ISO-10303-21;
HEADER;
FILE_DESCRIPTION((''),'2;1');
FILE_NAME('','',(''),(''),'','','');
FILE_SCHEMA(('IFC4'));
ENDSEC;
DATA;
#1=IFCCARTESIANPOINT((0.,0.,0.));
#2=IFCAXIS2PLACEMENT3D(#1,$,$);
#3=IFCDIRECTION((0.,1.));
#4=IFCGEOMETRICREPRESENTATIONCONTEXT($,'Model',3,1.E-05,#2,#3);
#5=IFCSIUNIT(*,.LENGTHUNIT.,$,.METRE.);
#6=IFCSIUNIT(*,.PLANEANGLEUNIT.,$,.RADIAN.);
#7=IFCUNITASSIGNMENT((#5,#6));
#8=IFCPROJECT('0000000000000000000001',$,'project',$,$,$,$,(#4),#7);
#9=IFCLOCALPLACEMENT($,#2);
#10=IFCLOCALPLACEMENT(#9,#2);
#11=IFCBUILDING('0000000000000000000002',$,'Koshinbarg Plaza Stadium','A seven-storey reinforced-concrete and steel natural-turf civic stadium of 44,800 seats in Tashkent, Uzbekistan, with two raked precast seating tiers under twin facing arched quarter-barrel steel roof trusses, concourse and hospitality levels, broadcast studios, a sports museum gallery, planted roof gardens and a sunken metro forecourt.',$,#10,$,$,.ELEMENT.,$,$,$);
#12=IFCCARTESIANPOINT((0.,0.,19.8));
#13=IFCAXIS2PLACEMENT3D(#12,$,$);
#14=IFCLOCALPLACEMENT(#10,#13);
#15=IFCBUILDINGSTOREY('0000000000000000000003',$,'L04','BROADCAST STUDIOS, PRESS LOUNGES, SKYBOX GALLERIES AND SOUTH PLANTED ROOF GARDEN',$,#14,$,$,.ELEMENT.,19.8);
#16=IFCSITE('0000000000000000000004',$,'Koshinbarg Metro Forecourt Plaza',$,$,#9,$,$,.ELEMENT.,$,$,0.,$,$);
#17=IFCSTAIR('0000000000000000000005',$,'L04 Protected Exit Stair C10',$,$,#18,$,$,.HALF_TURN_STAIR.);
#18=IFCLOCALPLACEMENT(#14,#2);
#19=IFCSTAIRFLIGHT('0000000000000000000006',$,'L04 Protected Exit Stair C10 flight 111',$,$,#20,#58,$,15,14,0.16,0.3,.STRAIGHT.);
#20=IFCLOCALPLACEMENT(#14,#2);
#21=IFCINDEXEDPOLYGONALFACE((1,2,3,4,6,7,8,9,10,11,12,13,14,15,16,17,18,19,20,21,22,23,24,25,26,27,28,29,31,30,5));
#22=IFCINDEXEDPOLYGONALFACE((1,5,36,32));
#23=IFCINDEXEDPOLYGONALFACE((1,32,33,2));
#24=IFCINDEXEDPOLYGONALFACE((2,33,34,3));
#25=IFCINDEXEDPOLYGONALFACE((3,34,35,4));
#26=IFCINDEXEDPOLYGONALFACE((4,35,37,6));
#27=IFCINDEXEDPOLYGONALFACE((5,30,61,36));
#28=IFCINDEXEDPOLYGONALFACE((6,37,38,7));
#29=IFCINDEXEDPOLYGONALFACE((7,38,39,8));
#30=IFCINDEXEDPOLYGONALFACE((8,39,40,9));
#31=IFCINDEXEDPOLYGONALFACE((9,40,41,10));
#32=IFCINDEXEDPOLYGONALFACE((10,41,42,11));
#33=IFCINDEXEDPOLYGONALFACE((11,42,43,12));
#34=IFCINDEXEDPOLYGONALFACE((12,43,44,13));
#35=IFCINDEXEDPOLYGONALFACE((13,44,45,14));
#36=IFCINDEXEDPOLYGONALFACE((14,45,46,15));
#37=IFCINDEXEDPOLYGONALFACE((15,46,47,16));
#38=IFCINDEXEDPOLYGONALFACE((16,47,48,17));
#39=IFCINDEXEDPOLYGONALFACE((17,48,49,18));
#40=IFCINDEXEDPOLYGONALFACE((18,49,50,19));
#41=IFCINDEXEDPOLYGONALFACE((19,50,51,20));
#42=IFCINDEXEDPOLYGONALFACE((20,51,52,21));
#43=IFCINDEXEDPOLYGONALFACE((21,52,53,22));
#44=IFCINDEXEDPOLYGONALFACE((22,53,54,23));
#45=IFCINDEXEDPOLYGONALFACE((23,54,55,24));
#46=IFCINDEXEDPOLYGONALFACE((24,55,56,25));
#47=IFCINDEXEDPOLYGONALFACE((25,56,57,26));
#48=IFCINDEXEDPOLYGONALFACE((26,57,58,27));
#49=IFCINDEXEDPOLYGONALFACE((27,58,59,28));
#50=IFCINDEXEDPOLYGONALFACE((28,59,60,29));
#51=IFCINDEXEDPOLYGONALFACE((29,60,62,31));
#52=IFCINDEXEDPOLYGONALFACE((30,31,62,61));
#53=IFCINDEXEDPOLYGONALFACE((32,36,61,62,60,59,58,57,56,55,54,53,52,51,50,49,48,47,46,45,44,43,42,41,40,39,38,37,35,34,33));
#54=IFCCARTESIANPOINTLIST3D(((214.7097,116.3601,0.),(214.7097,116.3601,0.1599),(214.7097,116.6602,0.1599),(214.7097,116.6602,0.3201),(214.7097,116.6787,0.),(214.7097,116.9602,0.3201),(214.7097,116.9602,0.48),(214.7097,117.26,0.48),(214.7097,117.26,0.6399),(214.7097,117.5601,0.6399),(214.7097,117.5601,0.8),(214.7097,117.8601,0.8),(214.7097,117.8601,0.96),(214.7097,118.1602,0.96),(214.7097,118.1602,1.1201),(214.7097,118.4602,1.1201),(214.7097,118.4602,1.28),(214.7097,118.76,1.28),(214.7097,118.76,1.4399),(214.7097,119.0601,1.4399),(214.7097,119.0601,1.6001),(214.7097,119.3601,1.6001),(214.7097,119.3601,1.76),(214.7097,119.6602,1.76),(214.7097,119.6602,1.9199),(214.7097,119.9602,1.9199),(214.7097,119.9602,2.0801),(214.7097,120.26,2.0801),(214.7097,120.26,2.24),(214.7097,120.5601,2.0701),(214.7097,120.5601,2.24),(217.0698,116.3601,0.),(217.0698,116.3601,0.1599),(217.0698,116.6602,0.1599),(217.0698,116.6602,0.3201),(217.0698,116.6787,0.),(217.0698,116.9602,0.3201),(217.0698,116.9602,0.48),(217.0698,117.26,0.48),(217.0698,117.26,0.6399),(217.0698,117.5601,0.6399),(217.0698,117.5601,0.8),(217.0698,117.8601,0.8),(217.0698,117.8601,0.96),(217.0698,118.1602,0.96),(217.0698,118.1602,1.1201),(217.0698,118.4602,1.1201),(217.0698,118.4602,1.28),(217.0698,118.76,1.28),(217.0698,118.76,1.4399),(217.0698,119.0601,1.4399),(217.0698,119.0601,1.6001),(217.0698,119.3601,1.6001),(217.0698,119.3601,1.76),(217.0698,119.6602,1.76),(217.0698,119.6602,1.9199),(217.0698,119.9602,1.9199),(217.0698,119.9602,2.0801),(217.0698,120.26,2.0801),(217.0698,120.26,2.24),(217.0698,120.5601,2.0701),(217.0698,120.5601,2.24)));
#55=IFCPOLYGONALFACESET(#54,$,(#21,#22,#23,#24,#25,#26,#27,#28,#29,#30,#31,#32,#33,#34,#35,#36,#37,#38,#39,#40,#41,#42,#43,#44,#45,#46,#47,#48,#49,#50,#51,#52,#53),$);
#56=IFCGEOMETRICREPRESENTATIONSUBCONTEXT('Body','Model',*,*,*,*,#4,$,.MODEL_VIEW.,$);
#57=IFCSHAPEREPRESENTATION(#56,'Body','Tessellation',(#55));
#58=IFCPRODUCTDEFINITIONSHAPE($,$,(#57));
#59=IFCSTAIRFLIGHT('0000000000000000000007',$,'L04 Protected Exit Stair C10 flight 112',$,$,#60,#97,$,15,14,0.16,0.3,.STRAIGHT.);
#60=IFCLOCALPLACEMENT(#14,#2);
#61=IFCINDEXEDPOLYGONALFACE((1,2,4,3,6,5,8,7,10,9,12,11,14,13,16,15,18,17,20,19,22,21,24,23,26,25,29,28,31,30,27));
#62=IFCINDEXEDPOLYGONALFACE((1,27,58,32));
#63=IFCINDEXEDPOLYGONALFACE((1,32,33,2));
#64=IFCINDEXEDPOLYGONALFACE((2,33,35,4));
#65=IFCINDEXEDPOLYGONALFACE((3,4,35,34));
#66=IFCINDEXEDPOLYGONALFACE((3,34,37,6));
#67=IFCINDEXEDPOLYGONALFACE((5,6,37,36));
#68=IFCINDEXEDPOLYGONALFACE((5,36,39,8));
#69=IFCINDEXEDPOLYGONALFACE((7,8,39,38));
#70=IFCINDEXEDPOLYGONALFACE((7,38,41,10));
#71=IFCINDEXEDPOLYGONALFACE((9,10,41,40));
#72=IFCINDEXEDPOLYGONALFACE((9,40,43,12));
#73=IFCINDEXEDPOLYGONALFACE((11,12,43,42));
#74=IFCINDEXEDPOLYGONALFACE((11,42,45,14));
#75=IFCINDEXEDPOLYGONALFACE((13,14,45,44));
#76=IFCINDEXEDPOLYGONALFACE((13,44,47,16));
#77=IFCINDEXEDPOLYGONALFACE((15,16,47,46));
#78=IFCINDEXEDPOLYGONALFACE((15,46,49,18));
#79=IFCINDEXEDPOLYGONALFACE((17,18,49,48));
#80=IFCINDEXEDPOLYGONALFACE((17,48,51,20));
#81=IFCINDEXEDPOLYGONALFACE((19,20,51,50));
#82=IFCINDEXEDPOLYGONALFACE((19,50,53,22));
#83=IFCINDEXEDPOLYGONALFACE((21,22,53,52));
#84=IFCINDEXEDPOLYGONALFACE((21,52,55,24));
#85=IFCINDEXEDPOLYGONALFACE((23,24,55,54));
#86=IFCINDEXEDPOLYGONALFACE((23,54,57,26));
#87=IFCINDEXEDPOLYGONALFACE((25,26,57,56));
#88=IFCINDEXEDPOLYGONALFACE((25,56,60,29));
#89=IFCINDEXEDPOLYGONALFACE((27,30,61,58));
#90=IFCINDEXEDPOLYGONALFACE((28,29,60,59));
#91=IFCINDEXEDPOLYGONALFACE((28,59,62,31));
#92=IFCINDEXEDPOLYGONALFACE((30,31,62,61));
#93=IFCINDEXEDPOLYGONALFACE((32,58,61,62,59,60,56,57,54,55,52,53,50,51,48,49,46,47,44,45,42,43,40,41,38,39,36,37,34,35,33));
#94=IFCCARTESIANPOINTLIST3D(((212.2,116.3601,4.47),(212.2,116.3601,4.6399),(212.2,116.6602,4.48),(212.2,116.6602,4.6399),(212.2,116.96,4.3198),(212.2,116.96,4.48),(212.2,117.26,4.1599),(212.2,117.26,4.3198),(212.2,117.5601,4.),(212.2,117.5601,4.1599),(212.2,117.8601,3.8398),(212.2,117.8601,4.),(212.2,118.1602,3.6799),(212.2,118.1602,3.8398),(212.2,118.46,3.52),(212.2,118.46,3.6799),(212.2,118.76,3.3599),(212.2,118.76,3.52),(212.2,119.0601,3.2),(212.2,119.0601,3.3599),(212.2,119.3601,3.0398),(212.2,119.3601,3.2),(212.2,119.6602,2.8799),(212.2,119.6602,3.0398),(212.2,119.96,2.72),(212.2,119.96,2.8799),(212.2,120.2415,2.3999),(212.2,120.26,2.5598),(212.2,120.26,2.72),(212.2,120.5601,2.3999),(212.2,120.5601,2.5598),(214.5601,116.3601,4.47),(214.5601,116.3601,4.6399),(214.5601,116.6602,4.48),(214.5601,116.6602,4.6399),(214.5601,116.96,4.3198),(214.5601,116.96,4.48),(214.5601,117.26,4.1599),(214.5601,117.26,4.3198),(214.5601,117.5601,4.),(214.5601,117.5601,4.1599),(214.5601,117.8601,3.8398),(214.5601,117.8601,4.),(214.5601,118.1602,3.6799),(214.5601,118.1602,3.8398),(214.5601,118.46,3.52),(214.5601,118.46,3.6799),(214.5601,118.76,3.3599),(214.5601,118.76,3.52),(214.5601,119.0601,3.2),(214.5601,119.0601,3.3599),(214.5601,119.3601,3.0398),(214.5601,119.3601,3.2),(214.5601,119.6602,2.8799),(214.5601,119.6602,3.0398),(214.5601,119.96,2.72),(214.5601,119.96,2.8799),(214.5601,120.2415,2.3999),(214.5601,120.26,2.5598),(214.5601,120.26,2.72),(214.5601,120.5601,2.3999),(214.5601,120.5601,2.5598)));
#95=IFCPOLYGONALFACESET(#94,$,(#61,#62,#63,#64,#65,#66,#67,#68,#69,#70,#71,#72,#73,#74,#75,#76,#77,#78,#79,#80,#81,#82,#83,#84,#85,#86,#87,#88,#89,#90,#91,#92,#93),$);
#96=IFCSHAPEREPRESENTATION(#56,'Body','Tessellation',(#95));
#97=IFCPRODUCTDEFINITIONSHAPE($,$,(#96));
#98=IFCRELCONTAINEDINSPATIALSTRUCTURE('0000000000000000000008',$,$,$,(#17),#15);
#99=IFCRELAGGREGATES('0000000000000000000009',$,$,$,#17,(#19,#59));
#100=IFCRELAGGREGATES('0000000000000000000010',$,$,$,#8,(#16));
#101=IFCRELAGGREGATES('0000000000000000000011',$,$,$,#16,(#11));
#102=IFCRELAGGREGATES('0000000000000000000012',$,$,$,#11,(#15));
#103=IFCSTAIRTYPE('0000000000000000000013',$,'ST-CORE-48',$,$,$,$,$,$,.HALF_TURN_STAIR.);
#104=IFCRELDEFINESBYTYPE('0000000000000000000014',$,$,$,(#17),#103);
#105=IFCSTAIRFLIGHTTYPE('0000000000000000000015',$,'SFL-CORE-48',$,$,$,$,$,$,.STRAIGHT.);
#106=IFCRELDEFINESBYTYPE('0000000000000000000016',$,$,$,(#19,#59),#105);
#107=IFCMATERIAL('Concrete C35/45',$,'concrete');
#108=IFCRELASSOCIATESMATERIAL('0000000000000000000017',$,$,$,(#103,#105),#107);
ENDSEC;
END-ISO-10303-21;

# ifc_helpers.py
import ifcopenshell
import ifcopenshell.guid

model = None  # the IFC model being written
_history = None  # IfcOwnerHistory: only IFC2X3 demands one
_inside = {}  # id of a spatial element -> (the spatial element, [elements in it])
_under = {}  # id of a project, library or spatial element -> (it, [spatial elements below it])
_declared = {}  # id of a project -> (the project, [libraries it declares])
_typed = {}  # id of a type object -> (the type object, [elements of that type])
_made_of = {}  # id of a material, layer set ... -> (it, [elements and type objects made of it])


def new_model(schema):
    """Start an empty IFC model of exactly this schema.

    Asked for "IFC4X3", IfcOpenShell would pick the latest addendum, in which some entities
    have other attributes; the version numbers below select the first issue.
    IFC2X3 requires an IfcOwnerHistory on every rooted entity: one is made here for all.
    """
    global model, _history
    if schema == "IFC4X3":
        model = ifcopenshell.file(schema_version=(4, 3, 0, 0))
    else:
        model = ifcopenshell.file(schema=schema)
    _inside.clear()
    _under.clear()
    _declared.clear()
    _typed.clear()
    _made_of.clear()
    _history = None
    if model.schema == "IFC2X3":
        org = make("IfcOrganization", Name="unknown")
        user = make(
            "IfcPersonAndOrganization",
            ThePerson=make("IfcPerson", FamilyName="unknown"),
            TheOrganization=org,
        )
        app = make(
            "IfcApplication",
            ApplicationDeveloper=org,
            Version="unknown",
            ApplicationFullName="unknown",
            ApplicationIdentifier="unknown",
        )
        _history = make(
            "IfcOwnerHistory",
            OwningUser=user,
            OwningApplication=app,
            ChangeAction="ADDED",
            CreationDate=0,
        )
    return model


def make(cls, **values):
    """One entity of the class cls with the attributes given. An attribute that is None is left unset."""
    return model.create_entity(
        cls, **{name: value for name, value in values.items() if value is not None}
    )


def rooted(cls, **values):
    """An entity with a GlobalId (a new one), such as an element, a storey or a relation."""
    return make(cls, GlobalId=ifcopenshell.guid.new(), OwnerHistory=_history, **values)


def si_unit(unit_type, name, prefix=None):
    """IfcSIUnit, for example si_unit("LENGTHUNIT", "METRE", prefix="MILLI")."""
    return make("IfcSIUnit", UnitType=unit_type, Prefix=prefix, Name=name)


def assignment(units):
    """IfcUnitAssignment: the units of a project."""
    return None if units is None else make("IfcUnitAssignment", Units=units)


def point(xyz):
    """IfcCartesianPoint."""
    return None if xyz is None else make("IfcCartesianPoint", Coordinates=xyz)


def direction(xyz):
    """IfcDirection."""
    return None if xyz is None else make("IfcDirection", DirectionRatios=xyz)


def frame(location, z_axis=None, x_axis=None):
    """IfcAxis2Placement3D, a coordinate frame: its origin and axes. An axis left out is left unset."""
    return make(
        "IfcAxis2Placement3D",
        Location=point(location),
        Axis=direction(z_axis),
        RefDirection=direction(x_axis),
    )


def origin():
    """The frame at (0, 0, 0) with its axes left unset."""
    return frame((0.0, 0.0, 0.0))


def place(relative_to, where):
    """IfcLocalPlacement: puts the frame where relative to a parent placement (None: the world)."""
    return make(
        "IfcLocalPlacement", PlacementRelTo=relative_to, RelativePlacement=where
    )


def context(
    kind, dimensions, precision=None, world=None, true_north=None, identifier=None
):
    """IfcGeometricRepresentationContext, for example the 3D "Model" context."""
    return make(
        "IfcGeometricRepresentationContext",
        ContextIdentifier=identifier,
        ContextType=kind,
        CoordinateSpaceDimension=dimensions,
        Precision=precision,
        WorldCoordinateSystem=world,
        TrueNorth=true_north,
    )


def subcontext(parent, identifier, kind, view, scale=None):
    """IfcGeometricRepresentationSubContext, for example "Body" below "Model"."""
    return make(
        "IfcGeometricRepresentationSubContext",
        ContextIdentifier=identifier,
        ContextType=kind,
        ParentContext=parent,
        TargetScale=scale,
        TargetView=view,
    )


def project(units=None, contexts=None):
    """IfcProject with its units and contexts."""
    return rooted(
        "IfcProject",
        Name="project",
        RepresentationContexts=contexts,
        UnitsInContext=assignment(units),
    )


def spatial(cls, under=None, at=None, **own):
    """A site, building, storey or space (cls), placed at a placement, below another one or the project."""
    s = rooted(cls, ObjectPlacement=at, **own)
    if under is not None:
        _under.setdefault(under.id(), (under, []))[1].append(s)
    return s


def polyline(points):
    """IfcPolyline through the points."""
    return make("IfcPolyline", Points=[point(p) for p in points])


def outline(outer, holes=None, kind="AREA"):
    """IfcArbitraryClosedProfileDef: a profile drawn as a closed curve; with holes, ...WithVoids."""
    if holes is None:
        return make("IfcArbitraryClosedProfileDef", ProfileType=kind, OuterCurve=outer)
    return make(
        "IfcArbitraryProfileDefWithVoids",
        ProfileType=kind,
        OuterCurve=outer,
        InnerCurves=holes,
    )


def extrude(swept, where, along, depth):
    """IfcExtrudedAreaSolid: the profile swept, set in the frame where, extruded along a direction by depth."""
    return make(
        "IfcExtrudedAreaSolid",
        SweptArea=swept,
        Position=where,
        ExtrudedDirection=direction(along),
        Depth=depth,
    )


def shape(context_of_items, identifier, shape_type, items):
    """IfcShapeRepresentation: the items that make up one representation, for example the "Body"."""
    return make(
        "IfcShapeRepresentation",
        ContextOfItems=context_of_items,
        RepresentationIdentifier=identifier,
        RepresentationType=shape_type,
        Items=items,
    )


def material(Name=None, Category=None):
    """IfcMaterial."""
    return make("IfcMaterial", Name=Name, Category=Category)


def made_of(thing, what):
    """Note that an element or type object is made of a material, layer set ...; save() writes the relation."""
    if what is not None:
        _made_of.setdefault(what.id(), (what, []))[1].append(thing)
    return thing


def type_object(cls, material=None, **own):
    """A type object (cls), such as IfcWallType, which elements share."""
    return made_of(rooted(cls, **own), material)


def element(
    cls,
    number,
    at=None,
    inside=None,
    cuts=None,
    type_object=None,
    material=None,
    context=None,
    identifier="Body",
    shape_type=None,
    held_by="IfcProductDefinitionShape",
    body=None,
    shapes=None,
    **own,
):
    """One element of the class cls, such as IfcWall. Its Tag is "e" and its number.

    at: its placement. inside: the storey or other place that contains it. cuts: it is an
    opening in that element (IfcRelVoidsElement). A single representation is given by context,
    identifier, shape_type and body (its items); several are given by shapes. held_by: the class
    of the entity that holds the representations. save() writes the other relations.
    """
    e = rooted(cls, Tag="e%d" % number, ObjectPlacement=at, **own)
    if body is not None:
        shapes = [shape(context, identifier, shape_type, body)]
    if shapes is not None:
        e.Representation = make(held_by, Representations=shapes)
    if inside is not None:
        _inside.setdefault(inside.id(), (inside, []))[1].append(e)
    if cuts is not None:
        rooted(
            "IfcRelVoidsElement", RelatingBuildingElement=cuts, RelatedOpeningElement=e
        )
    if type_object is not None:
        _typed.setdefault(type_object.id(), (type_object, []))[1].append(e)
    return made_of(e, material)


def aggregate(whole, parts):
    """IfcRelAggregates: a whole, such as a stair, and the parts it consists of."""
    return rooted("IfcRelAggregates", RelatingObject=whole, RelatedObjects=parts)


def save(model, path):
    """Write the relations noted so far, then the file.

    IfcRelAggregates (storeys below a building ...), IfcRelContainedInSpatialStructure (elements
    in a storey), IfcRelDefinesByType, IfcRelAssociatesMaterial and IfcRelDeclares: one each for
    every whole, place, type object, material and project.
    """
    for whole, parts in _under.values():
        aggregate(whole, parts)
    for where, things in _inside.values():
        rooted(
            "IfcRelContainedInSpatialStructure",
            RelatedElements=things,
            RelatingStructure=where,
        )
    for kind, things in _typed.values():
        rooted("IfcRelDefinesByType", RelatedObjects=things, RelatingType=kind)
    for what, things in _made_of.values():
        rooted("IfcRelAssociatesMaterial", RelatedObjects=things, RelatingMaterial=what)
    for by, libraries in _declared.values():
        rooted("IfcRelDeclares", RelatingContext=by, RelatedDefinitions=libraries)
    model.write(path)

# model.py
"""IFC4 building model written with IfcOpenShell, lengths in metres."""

from ifc_helpers import new_model, si_unit, direction, frame, origin, place, context, subcontext, project, spatial, polyline, outline, extrude, material, type_object, element, aggregate, save


model = new_model("IFC4")

# Units and contexts
model_context = context("Model", 3, precision=1e-05, world=origin(), true_north=direction((0.0, 1.0)))
body_context = subcontext(model_context, "Body", "Model", "MODEL_VIEW")
ifc_project = project(units=[si_unit("LENGTHUNIT", "METRE"), si_unit("PLANEANGLEUNIT", "RADIAN")], contexts=[model_context])

# Site, building, storey
site_placement = place(None, origin())
site = spatial("IfcSite", under=ifc_project, at=site_placement, Name="Koshinbarg Metro Forecourt Plaza", CompositionType="ELEMENT", RefElevation=0.0)
building_placement = place(site_placement, origin())
building = spatial("IfcBuilding", under=site, at=building_placement, Name="Koshinbarg Plaza Stadium", Description="A seven-storey reinforced-concrete and steel natural-turf civic stadium of 44,800 seats in Tashkent, Uzbekistan, with two raked precast seating tiers under twin facing arched quarter-barrel steel roof trusses, concourse and hospitality levels, broadcast studios, a sports museum gallery, planted roof gardens and a sunken metro forecourt.", CompositionType="ELEMENT")
storey_placement = place(building_placement, frame((0.0, 0.0, 19.8)))
storey = spatial("IfcBuildingStorey", under=building, at=storey_placement, Name="L04", Description="BROADCAST STUDIOS, PRESS LOUNGES, SKYBOX GALLERIES AND SOUTH PLANTED ROOF GARDEN", CompositionType="ELEMENT", Elevation=19.8)

# Stair, stair flights
ifc_material_1 = material(Name="Concrete C35/45", Category="concrete")
stair_type = type_object("IfcStairType", Name="ST-CORE-48", PredefinedType="HALF_TURN_STAIR", material=ifc_material_1)
stair_placement = place(storey_placement, origin())
stair = element("IfcStair", 1, at=stair_placement, inside=storey, type_object=stair_type, Name="L04 Protected Exit Stair C10", PredefinedType="HALF_TURN_STAIR")
stair_flight_type = type_object("IfcStairFlightType", Name="SFL-CORE-48", PredefinedType="STRAIGHT", material=ifc_material_1)
stair_flight_1_placement = place(storey_placement, frame((215.8899, 116.3601, 0.0), z_axis=(0.0, 0.0, 1.0), x_axis=(0.0, 1.0, 0.0)))
stair_flight_1 = element("IfcStairFlight", 2, at=stair_flight_1_placement, type_object=stair_flight_type, Name="L04 Protected Exit Stair C10 flight 111", NumberOfRisers=15, NumberOfTreads=14, PredefinedType="STRAIGHT", RiserHeight=0.16, TreadLength=0.3, context=body_context, shape_type="SweptSolid", body=[
    extrude(outline(polyline([(0.0, 0.0), (0.0, 0.1599), (0.3, 0.1599), (0.3, 0.3201), (0.6001, 0.3201), (0.6001, 0.48), (0.8999, 0.48), (0.8999, 0.6399), (1.2, 0.6399), (1.2, 0.8), (1.5, 0.8), (1.5, 0.96), (1.8, 0.96), (1.8, 1.1201), (2.1001, 1.1201), (2.1001, 1.28), (2.3999, 1.28), (2.3999, 1.4399), (2.7, 1.4399), (2.7, 1.6001), (3.0, 1.6001), (3.0, 1.76), (3.3, 1.76), (3.3, 1.9199), (3.6001, 1.9199), (3.6001, 2.0801), (3.8999, 2.0801), (3.8999, 2.24), (4.2, 2.24), (4.2, 2.3999), (4.2, 2.0701), (0.3186, 0.0), (0.0, 0.0)])), frame((0.0, 1.1802, 0.0), z_axis=(0.0, -1.0, 0.0), x_axis=(1.0, 0.0, 0.0)), (0.0, 0.0, 1.0), 2.3601),
])
stair_flight_2_placement = place(storey_placement, frame((213.3799, 120.5601, 2.3999), z_axis=(0.0, 0.0, 1.0), x_axis=(0.0, -1.0, 0.0)))
stair_flight_2 = element("IfcStairFlight", 3, at=stair_flight_2_placement, type_object=stair_flight_type, Name="L04 Protected Exit Stair C10 flight 112", NumberOfRisers=15, NumberOfTreads=14, PredefinedType="STRAIGHT", RiserHeight=0.16, TreadLength=0.3, context=body_context, shape_type="SweptSolid", body=[
    extrude(outline(polyline([(0.0, 0.0), (0.0, 0.1599), (0.3, 0.1599), (0.3, 0.3201), (0.6001, 0.3201), (0.6001, 0.48), (0.8999, 0.48), (0.8999, 0.6399), (1.2, 0.6399), (1.2, 0.8), (1.5, 0.8), (1.5, 0.96), (1.8, 0.96), (1.8, 1.1201), (2.1001, 1.1201), (2.1001, 1.28), (2.3999, 1.28), (2.3999, 1.4399), (2.7, 1.4399), (2.7, 1.6001), (3.0, 1.6001), (3.0, 1.76), (3.3, 1.76), (3.3, 1.9199), (3.6001, 1.9199), (3.6001, 2.0801), (3.8999, 2.0801), (3.8999, 2.24), (4.2, 2.24), (4.2, 2.3999), (4.2, 2.0701), (0.3186, 0.0), (0.0, 0.0)])), frame((0.0, 1.1802, 0.0), z_axis=(0.0, -1.0, 0.0), x_axis=(1.0, 0.0, 0.0)), (0.0, 0.0, 1.0), 2.3601),
])
aggregate(stair, [stair_flight_1, stair_flight_2])

save(model, "model.ifc")
